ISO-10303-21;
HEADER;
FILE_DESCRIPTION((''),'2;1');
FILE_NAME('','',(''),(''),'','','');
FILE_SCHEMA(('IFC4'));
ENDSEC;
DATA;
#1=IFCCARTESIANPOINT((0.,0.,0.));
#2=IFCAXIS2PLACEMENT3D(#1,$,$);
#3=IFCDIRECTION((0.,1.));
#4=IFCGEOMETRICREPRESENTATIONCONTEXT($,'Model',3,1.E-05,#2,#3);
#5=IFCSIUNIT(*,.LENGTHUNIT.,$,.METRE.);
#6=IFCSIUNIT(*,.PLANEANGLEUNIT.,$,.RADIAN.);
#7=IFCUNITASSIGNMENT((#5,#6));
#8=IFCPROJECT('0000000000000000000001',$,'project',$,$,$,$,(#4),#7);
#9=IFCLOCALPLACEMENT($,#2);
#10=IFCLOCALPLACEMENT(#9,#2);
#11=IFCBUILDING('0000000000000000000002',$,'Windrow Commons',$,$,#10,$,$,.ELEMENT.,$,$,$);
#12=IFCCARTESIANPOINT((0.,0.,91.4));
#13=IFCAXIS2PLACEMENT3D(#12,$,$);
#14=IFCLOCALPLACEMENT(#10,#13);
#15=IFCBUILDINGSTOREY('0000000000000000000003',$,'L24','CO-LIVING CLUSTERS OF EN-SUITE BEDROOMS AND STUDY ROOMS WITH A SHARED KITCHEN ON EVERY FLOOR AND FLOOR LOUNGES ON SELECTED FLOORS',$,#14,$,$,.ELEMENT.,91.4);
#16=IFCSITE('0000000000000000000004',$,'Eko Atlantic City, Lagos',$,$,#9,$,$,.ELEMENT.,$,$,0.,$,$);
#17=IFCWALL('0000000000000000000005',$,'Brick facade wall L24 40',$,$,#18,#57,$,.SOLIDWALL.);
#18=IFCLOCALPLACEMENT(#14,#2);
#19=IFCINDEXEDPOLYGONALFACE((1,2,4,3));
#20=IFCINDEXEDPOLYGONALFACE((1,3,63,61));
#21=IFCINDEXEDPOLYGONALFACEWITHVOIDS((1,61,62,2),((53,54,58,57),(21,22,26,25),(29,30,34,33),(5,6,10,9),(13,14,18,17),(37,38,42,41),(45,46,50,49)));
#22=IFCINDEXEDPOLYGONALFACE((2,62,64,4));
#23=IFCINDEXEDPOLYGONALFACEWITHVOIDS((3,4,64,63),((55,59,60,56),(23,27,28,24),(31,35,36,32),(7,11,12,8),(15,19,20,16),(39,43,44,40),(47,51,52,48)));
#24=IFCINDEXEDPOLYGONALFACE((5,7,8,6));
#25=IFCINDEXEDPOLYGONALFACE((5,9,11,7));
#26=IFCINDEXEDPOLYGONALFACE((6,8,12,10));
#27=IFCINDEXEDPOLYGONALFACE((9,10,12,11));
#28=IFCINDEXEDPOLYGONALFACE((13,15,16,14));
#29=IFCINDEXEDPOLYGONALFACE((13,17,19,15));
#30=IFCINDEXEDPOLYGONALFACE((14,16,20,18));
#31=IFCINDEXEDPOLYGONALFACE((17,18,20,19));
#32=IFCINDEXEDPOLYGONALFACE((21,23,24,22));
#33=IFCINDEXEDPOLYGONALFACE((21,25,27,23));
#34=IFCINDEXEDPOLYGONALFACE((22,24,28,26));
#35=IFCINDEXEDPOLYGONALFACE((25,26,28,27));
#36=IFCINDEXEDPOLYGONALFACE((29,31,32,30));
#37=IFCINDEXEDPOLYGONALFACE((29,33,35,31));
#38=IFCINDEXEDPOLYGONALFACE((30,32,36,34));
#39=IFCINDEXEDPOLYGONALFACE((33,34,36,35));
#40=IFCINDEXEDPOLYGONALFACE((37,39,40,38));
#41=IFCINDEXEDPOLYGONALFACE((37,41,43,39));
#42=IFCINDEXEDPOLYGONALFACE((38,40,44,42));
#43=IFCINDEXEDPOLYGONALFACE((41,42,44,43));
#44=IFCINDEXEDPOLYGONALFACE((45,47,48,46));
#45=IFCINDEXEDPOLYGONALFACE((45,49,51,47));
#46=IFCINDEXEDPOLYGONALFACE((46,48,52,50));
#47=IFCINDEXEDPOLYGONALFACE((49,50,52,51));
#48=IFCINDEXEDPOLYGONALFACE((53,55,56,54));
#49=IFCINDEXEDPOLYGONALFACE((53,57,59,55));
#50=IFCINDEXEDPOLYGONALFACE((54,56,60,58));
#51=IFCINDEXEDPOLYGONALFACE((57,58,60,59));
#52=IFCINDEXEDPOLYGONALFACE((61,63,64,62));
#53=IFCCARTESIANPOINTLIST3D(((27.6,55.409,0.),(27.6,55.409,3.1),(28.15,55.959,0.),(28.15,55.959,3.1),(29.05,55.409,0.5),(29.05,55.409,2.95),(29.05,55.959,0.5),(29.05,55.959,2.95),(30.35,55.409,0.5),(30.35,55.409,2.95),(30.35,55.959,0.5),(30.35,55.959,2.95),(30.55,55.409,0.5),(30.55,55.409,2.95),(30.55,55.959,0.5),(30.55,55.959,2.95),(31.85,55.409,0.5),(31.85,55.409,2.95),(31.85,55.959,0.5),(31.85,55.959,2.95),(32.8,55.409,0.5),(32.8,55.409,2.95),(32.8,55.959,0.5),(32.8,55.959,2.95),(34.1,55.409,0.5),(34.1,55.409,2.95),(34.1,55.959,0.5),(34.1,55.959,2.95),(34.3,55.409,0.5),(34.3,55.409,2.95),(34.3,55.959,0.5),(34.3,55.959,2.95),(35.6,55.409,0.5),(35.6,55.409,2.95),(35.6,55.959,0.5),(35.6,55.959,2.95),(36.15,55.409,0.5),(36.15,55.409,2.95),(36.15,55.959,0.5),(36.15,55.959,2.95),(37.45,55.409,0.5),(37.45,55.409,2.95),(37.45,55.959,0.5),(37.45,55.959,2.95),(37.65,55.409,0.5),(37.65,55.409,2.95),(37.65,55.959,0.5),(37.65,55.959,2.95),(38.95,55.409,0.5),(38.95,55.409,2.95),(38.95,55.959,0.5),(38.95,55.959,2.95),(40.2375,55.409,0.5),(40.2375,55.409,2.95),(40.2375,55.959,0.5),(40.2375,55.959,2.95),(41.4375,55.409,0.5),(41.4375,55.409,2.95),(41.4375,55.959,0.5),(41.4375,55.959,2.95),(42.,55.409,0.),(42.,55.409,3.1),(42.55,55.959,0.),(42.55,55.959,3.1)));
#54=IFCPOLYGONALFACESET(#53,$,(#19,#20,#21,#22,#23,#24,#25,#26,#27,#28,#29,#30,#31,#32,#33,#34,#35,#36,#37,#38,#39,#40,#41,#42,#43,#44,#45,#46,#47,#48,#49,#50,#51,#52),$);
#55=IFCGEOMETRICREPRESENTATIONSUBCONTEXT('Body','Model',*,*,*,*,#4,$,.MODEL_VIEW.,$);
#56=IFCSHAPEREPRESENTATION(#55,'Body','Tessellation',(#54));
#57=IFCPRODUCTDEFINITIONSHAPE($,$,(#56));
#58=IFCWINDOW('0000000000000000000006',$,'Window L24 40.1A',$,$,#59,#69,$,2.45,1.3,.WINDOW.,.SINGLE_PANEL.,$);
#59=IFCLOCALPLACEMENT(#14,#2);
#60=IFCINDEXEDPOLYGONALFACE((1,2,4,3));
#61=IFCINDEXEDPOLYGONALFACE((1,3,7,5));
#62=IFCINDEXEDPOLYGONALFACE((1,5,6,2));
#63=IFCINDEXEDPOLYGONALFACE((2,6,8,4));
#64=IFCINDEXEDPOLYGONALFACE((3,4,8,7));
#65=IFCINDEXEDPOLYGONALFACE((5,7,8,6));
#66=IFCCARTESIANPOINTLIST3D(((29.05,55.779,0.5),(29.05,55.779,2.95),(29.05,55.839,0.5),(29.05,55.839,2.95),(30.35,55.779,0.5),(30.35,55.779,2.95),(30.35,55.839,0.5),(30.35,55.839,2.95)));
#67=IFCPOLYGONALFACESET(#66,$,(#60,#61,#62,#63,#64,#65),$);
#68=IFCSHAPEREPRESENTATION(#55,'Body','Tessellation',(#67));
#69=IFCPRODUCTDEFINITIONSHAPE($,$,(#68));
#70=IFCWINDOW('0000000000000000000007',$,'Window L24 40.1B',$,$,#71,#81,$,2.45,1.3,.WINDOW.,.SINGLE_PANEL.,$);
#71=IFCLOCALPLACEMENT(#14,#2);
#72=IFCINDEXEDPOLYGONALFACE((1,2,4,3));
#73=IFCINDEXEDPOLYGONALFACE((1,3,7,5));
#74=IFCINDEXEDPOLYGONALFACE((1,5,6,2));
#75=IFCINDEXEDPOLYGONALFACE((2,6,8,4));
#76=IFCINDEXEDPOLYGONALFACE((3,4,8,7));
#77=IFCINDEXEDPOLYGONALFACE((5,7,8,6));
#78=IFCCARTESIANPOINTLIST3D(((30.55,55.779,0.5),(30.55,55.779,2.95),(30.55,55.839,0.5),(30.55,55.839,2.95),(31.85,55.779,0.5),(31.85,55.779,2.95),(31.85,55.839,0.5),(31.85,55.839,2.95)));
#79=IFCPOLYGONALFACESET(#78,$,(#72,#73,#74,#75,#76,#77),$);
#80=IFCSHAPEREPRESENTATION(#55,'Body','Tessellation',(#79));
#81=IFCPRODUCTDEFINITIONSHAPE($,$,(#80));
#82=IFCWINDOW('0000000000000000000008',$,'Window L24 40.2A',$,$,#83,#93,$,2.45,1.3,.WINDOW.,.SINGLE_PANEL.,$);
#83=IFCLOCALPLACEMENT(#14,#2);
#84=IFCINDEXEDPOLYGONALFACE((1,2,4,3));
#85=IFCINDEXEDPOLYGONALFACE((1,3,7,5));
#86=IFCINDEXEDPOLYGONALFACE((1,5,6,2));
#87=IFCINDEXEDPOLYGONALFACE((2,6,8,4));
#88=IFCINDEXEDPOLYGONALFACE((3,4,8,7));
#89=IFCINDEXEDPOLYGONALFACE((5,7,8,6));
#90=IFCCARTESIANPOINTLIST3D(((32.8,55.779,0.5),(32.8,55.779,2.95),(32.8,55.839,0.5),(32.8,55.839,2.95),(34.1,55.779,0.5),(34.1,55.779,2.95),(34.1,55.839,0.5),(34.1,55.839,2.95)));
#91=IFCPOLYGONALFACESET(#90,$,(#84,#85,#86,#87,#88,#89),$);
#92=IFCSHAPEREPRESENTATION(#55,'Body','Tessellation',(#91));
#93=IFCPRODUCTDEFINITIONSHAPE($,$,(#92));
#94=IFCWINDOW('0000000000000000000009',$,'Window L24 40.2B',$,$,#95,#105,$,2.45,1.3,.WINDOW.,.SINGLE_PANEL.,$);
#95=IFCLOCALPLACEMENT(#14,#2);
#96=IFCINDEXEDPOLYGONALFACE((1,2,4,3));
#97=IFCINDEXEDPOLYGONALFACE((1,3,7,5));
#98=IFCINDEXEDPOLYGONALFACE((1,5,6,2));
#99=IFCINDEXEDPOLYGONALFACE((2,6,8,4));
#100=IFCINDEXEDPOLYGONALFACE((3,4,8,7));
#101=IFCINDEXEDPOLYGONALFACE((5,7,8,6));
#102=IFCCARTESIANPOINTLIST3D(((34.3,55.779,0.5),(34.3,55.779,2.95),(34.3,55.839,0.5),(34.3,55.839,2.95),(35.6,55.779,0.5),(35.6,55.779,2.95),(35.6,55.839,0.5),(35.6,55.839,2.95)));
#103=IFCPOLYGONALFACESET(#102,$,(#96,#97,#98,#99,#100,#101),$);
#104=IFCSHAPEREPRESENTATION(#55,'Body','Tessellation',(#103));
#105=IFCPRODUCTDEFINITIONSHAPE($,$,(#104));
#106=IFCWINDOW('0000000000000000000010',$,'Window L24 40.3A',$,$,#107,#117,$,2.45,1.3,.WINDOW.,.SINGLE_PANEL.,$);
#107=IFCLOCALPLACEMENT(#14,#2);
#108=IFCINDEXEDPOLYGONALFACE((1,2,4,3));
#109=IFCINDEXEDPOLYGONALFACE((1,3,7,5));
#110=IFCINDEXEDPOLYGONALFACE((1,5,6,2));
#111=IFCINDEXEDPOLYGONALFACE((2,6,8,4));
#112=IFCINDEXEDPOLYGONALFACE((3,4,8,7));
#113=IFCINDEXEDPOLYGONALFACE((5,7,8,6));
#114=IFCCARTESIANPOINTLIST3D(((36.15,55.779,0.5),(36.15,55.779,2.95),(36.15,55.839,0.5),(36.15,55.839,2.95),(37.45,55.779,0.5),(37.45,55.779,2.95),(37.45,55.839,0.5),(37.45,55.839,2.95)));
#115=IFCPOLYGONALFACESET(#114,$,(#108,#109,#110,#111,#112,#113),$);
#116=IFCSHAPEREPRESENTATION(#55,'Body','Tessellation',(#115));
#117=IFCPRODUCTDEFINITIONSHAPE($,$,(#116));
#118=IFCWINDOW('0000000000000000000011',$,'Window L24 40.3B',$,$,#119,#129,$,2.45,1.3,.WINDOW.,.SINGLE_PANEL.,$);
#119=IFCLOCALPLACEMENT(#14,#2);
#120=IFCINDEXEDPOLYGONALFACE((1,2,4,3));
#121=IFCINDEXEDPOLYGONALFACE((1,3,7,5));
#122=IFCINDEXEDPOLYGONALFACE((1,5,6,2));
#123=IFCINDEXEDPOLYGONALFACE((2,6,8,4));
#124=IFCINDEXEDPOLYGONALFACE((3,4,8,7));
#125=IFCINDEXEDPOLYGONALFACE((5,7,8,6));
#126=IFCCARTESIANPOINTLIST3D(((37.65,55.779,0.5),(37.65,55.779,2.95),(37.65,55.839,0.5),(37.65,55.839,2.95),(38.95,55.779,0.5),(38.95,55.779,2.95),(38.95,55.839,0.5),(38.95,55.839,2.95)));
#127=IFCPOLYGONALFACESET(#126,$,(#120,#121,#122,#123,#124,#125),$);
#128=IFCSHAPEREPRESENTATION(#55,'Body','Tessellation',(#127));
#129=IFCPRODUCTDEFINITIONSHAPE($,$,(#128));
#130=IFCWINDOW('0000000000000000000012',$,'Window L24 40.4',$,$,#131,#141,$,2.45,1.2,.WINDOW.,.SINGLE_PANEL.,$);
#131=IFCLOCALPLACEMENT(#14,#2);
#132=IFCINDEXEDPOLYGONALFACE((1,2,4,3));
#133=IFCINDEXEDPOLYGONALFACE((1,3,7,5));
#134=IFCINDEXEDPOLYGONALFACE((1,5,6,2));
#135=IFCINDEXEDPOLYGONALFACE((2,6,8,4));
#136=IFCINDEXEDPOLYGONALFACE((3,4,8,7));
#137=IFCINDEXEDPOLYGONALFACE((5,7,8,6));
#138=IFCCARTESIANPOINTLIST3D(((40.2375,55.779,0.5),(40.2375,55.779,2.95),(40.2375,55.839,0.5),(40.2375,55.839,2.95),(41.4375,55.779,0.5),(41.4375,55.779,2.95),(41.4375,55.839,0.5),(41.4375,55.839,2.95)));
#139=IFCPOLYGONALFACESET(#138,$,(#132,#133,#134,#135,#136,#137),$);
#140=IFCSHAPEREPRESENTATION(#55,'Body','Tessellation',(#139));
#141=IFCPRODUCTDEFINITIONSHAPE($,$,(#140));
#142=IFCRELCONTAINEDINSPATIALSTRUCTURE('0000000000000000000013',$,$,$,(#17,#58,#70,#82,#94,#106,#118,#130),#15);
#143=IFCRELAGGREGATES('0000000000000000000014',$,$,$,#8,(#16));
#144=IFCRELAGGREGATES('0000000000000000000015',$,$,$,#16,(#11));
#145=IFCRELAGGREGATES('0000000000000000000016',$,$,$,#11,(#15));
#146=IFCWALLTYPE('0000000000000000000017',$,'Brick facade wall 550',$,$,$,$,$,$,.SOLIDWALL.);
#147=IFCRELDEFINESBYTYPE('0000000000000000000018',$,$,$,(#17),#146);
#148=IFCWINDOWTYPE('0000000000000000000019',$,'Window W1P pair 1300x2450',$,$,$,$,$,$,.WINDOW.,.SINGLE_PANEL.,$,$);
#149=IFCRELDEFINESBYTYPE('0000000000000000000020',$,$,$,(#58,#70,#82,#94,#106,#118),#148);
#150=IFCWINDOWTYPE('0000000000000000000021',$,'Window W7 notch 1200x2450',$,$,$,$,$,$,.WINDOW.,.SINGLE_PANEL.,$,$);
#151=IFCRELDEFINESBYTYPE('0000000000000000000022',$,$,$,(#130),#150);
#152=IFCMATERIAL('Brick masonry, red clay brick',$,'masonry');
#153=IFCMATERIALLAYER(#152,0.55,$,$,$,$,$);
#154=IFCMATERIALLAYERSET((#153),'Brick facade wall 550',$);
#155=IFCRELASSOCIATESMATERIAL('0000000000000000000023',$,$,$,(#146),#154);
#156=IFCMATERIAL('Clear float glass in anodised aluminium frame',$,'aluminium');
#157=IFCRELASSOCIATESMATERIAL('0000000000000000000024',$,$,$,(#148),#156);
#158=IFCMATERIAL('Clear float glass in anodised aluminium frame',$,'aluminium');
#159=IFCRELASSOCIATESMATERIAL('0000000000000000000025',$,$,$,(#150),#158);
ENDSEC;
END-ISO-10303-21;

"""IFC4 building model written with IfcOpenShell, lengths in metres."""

from ifc_helpers import new_model, si_unit, direction, frame, frame_2d, origin, place, context, subcontext, project, spatial, polyline, rectangle, outline, extrude, material, layer, layer_set, type_object, element, fill, save


model = new_model("IFC4")

# Units and contexts
model_context = context("Model", 3, precision=1e-05, world=origin(), true_north=direction((0.0, 1.0)))
body_context = subcontext(model_context, "Body", "Model", "MODEL_VIEW")
ifc_project = project(units=[si_unit("LENGTHUNIT", "METRE"), si_unit("PLANEANGLEUNIT", "RADIAN")], contexts=[model_context])

# Site, building, storey
site_placement = place(None, origin())
site = spatial("IfcSite", under=ifc_project, at=site_placement, Name="Eko Atlantic City, Lagos", CompositionType="ELEMENT", RefElevation=0.0)
building_placement = place(site_placement, origin())
building = spatial("IfcBuilding", under=site, at=building_placement, Name="Windrow Commons", CompositionType="ELEMENT")
storey_placement = place(building_placement, frame((0.0, 0.0, 91.4)))
storey = spatial("IfcBuildingStorey", under=building, at=storey_placement, Name="L24", Description="CO-LIVING CLUSTERS OF EN-SUITE BEDROOMS AND STUDY ROOMS WITH A SHARED KITCHEN ON EVERY FLOOR AND FLOOR LOUNGES ON SELECTED FLOORS", CompositionType="ELEMENT", Elevation=91.4)

# Wall, openings, windows
ifc_material_1 = material(Name="Brick masonry, red clay brick", Category="masonry")
ifc_layer_1 = layer(ifc_material_1, 0.55)
ifc_layer_set_1 = layer_set([ifc_layer_1], Name="Brick facade wall 550")
wall_type_1 = type_object("IfcWallType", Name="Brick facade wall 550", PredefinedType="SOLIDWALL", material=ifc_layer_set_1)
wall_1_placement = place(storey_placement, frame((27.875, 55.684, 0.0), z_axis=(0.0, 0.0, 1.0), x_axis=(1.0, 0.0, 0.0)))
wall_1 = element("IfcWall", 1, at=wall_1_placement, inside=storey, type_object=wall_type_1, Name="Brick facade wall L24 40", PredefinedType="SOLIDWALL", context=body_context, shape_type="SweptSolid", body=[
    extrude(outline(polyline([(-0.275, -0.275), (14.125, -0.275), (14.675, 0.275), (0.275, 0.275), (-0.275, -0.275)])), origin(), (0.0, 0.0, 1.0), 3.1),
])
opening_1_placement = place(wall_1_placement, frame((1.175, 0.0, 0.5)))
opening_1 = element("IfcOpeningElement", 2, at=opening_1_placement, cuts=wall_1, PredefinedType="OPENING", context=body_context, shape_type="SweptSolid", body=[
    extrude(rectangle(XDim=1.3, YDim=2.45, at=frame_2d((0.65, 1.225))), frame((0.0, 0.285, 0.0), z_axis=(0.0, -1.0, 0.0), x_axis=(1.0, 0.0, 0.0)), (0.0, 0.0, 1.0), 0.57),
])
opening_2_placement = place(wall_1_placement, frame((2.675, 0.0, 0.5)))
opening_2 = element("IfcOpeningElement", 3, at=opening_2_placement, cuts=wall_1, PredefinedType="OPENING", context=body_context, shape_type="SweptSolid", body=[
    extrude(rectangle(XDim=1.3, YDim=2.45, at=frame_2d((0.65, 1.225))), frame((0.0, 0.285, 0.0), z_axis=(0.0, -1.0, 0.0), x_axis=(1.0, 0.0, 0.0)), (0.0, 0.0, 1.0), 0.57),
])
opening_3_placement = place(wall_1_placement, frame((4.925, 0.0, 0.5)))
opening_3 = element("IfcOpeningElement", 4, at=opening_3_placement, cuts=wall_1, PredefinedType="OPENING", context=body_context, shape_type="SweptSolid", body=[
    extrude(rectangle(XDim=1.3, YDim=2.45, at=frame_2d((0.65, 1.225))), frame((0.0, 0.285, 0.0), z_axis=(0.0, -1.0, 0.0), x_axis=(1.0, 0.0, 0.0)), (0.0, 0.0, 1.0), 0.57),
])
opening_4_placement = place(wall_1_placement, frame((6.425, 0.0, 0.5)))
opening_4 = element("IfcOpeningElement", 5, at=opening_4_placement, cuts=wall_1, PredefinedType="OPENING", context=body_context, shape_type="SweptSolid", body=[
    extrude(rectangle(XDim=1.3, YDim=2.45, at=frame_2d((0.65, 1.225))), frame((0.0, 0.285, 0.0), z_axis=(0.0, -1.0, 0.0), x_axis=(1.0, 0.0, 0.0)), (0.0, 0.0, 1.0), 0.57),
])
opening_5_placement = place(wall_1_placement, frame((8.275, 0.0, 0.5)))
opening_5 = element("IfcOpeningElement", 6, at=opening_5_placement, cuts=wall_1, PredefinedType="OPENING", context=body_context, shape_type="SweptSolid", body=[
    extrude(rectangle(XDim=1.3, YDim=2.45, at=frame_2d((0.65, 1.225))), frame((0.0, 0.285, 0.0), z_axis=(0.0, -1.0, 0.0), x_axis=(1.0, 0.0, 0.0)), (0.0, 0.0, 1.0), 0.57),
])
opening_6_placement = place(wall_1_placement, frame((9.775, 0.0, 0.5)))
opening_6 = element("IfcOpeningElement", 7, at=opening_6_placement, cuts=wall_1, PredefinedType="OPENING", context=body_context, shape_type="SweptSolid", body=[
    extrude(rectangle(XDim=1.3, YDim=2.45, at=frame_2d((0.65, 1.225))), frame((0.0, 0.285, 0.0), z_axis=(0.0, -1.0, 0.0), x_axis=(1.0, 0.0, 0.0)), (0.0, 0.0, 1.0), 0.57),
])
opening_7_placement = place(wall_1_placement, frame((12.3625, 0.0, 0.5)))
opening_7 = element("IfcOpeningElement", 8, at=opening_7_placement, cuts=wall_1, PredefinedType="OPENING", context=body_context, shape_type="SweptSolid", body=[
    extrude(rectangle(XDim=1.2, YDim=2.45, at=frame_2d((0.6, 1.225))), frame((0.0, 0.285, 0.0), z_axis=(0.0, -1.0, 0.0), x_axis=(1.0, 0.0, 0.0)), (0.0, 0.0, 1.0), 0.57),
])
ifc_material_2 = material(Name="Clear float glass in anodised aluminium frame", Category="aluminium")
window_type_1 = type_object("IfcWindowType", Name="Window W1P pair 1300x2450", PartitioningType="SINGLE_PANEL", PredefinedType="WINDOW", material=ifc_material_2)
window_1_placement = place(opening_1_placement, origin())
window_1 = element("IfcWindow", 9, at=window_1_placement, inside=storey, type_object=window_type_1, Name="Window L24 40.1A", OverallHeight=2.45, OverallWidth=1.3, PartitioningType="SINGLE_PANEL", PredefinedType="WINDOW", context=body_context, shape_type="SweptSolid", body=[
    extrude(rectangle(XDim=1.3, YDim=2.45, at=frame_2d((0.65, 1.225))), frame((0.0, 0.155, 0.0), z_axis=(0.0, -1.0, 0.0), x_axis=(1.0, 0.0, 0.0)), (0.0, 0.0, 1.0), 0.06),
])
fill(opening_1, window_1)
window_2_placement = place(opening_2_placement, origin())
window_2 = element("IfcWindow", 10, at=window_2_placement, inside=storey, type_object=window_type_1, Name="Window L24 40.1B", OverallHeight=2.45, OverallWidth=1.3, PartitioningType="SINGLE_PANEL", PredefinedType="WINDOW", context=body_context, shape_type="SweptSolid", body=[
    extrude(rectangle(XDim=1.3, YDim=2.45, at=frame_2d((0.65, 1.225))), frame((0.0, 0.155, 0.0), z_axis=(0.0, -1.0, 0.0), x_axis=(1.0, 0.0, 0.0)), (0.0, 0.0, 1.0), 0.06),
])
fill(opening_2, window_2)
window_3_placement = place(opening_3_placement, origin())
window_3 = element("IfcWindow", 11, at=window_3_placement, inside=storey, type_object=window_type_1, Name="Window L24 40.2A", OverallHeight=2.45, OverallWidth=1.3, PartitioningType="SINGLE_PANEL", PredefinedType="WINDOW", context=body_context, shape_type="SweptSolid", body=[
    extrude(rectangle(XDim=1.3, YDim=2.45, at=frame_2d((0.65, 1.225))), frame((0.0, 0.155, 0.0), z_axis=(0.0, -1.0, 0.0), x_axis=(1.0, 0.0, 0.0)), (0.0, 0.0, 1.0), 0.06),
])
fill(opening_3, window_3)
window_4_placement = place(opening_4_placement, origin())
window_4 = element("IfcWindow", 12, at=window_4_placement, inside=storey, type_object=window_type_1, Name="Window L24 40.2B", OverallHeight=2.45, OverallWidth=1.3, PartitioningType="SINGLE_PANEL", PredefinedType="WINDOW", context=body_context, shape_type="SweptSolid", body=[
    extrude(rectangle(XDim=1.3, YDim=2.45, at=frame_2d((0.65, 1.225))), frame((0.0, 0.155, 0.0), z_axis=(0.0, -1.0, 0.0), x_axis=(1.0, 0.0, 0.0)), (0.0, 0.0, 1.0), 0.06),
])
fill(opening_4, window_4)
window_5_placement = place(opening_5_placement, origin())
window_5 = element("IfcWindow", 13, at=window_5_placement, inside=storey, type_object=window_type_1, Name="Window L24 40.3A", OverallHeight=2.45, OverallWidth=1.3, PartitioningType="SINGLE_PANEL", PredefinedType="WINDOW", context=body_context, shape_type="SweptSolid", body=[
    extrude(rectangle(XDim=1.3, YDim=2.45, at=frame_2d((0.65, 1.225))), frame((0.0, 0.155, 0.0), z_axis=(0.0, -1.0, 0.0), x_axis=(1.0, 0.0, 0.0)), (0.0, 0.0, 1.0), 0.06),
])
fill(opening_5, window_5)
window_6_placement = place(opening_6_placement, origin())
window_6 = element("IfcWindow", 14, at=window_6_placement, inside=storey, type_object=window_type_1, Name="Window L24 40.3B", OverallHeight=2.45, OverallWidth=1.3, PartitioningType="SINGLE_PANEL", PredefinedType="WINDOW", context=body_context, shape_type="SweptSolid", body=[
    extrude(rectangle(XDim=1.3, YDim=2.45, at=frame_2d((0.65, 1.225))), frame((0.0, 0.155, 0.0), z_axis=(0.0, -1.0, 0.0), x_axis=(1.0, 0.0, 0.0)), (0.0, 0.0, 1.0), 0.06),
])
fill(opening_6, window_6)
ifc_material_3 = material(Name="Clear float glass in anodised aluminium frame", Category="aluminium")
window_type_2 = type_object("IfcWindowType", Name="Window W7 notch 1200x2450", PartitioningType="SINGLE_PANEL", PredefinedType="WINDOW", material=ifc_material_3)
window_7_placement = place(opening_7_placement, origin())
window_7 = element("IfcWindow", 15, at=window_7_placement, inside=storey, type_object=window_type_2, Name="Window L24 40.4", OverallHeight=2.45, OverallWidth=1.2, PartitioningType="SINGLE_PANEL", PredefinedType="WINDOW", context=body_context, shape_type="SweptSolid", body=[
    extrude(rectangle(XDim=1.2, YDim=2.45, at=frame_2d((0.6, 1.225))), frame((0.0, 0.155, 0.0), z_axis=(0.0, -1.0, 0.0), x_axis=(1.0, 0.0, 0.0)), (0.0, 0.0, 1.0), 0.06),
])
fill(opening_7, window_7)

save(model, "model.ifc")
